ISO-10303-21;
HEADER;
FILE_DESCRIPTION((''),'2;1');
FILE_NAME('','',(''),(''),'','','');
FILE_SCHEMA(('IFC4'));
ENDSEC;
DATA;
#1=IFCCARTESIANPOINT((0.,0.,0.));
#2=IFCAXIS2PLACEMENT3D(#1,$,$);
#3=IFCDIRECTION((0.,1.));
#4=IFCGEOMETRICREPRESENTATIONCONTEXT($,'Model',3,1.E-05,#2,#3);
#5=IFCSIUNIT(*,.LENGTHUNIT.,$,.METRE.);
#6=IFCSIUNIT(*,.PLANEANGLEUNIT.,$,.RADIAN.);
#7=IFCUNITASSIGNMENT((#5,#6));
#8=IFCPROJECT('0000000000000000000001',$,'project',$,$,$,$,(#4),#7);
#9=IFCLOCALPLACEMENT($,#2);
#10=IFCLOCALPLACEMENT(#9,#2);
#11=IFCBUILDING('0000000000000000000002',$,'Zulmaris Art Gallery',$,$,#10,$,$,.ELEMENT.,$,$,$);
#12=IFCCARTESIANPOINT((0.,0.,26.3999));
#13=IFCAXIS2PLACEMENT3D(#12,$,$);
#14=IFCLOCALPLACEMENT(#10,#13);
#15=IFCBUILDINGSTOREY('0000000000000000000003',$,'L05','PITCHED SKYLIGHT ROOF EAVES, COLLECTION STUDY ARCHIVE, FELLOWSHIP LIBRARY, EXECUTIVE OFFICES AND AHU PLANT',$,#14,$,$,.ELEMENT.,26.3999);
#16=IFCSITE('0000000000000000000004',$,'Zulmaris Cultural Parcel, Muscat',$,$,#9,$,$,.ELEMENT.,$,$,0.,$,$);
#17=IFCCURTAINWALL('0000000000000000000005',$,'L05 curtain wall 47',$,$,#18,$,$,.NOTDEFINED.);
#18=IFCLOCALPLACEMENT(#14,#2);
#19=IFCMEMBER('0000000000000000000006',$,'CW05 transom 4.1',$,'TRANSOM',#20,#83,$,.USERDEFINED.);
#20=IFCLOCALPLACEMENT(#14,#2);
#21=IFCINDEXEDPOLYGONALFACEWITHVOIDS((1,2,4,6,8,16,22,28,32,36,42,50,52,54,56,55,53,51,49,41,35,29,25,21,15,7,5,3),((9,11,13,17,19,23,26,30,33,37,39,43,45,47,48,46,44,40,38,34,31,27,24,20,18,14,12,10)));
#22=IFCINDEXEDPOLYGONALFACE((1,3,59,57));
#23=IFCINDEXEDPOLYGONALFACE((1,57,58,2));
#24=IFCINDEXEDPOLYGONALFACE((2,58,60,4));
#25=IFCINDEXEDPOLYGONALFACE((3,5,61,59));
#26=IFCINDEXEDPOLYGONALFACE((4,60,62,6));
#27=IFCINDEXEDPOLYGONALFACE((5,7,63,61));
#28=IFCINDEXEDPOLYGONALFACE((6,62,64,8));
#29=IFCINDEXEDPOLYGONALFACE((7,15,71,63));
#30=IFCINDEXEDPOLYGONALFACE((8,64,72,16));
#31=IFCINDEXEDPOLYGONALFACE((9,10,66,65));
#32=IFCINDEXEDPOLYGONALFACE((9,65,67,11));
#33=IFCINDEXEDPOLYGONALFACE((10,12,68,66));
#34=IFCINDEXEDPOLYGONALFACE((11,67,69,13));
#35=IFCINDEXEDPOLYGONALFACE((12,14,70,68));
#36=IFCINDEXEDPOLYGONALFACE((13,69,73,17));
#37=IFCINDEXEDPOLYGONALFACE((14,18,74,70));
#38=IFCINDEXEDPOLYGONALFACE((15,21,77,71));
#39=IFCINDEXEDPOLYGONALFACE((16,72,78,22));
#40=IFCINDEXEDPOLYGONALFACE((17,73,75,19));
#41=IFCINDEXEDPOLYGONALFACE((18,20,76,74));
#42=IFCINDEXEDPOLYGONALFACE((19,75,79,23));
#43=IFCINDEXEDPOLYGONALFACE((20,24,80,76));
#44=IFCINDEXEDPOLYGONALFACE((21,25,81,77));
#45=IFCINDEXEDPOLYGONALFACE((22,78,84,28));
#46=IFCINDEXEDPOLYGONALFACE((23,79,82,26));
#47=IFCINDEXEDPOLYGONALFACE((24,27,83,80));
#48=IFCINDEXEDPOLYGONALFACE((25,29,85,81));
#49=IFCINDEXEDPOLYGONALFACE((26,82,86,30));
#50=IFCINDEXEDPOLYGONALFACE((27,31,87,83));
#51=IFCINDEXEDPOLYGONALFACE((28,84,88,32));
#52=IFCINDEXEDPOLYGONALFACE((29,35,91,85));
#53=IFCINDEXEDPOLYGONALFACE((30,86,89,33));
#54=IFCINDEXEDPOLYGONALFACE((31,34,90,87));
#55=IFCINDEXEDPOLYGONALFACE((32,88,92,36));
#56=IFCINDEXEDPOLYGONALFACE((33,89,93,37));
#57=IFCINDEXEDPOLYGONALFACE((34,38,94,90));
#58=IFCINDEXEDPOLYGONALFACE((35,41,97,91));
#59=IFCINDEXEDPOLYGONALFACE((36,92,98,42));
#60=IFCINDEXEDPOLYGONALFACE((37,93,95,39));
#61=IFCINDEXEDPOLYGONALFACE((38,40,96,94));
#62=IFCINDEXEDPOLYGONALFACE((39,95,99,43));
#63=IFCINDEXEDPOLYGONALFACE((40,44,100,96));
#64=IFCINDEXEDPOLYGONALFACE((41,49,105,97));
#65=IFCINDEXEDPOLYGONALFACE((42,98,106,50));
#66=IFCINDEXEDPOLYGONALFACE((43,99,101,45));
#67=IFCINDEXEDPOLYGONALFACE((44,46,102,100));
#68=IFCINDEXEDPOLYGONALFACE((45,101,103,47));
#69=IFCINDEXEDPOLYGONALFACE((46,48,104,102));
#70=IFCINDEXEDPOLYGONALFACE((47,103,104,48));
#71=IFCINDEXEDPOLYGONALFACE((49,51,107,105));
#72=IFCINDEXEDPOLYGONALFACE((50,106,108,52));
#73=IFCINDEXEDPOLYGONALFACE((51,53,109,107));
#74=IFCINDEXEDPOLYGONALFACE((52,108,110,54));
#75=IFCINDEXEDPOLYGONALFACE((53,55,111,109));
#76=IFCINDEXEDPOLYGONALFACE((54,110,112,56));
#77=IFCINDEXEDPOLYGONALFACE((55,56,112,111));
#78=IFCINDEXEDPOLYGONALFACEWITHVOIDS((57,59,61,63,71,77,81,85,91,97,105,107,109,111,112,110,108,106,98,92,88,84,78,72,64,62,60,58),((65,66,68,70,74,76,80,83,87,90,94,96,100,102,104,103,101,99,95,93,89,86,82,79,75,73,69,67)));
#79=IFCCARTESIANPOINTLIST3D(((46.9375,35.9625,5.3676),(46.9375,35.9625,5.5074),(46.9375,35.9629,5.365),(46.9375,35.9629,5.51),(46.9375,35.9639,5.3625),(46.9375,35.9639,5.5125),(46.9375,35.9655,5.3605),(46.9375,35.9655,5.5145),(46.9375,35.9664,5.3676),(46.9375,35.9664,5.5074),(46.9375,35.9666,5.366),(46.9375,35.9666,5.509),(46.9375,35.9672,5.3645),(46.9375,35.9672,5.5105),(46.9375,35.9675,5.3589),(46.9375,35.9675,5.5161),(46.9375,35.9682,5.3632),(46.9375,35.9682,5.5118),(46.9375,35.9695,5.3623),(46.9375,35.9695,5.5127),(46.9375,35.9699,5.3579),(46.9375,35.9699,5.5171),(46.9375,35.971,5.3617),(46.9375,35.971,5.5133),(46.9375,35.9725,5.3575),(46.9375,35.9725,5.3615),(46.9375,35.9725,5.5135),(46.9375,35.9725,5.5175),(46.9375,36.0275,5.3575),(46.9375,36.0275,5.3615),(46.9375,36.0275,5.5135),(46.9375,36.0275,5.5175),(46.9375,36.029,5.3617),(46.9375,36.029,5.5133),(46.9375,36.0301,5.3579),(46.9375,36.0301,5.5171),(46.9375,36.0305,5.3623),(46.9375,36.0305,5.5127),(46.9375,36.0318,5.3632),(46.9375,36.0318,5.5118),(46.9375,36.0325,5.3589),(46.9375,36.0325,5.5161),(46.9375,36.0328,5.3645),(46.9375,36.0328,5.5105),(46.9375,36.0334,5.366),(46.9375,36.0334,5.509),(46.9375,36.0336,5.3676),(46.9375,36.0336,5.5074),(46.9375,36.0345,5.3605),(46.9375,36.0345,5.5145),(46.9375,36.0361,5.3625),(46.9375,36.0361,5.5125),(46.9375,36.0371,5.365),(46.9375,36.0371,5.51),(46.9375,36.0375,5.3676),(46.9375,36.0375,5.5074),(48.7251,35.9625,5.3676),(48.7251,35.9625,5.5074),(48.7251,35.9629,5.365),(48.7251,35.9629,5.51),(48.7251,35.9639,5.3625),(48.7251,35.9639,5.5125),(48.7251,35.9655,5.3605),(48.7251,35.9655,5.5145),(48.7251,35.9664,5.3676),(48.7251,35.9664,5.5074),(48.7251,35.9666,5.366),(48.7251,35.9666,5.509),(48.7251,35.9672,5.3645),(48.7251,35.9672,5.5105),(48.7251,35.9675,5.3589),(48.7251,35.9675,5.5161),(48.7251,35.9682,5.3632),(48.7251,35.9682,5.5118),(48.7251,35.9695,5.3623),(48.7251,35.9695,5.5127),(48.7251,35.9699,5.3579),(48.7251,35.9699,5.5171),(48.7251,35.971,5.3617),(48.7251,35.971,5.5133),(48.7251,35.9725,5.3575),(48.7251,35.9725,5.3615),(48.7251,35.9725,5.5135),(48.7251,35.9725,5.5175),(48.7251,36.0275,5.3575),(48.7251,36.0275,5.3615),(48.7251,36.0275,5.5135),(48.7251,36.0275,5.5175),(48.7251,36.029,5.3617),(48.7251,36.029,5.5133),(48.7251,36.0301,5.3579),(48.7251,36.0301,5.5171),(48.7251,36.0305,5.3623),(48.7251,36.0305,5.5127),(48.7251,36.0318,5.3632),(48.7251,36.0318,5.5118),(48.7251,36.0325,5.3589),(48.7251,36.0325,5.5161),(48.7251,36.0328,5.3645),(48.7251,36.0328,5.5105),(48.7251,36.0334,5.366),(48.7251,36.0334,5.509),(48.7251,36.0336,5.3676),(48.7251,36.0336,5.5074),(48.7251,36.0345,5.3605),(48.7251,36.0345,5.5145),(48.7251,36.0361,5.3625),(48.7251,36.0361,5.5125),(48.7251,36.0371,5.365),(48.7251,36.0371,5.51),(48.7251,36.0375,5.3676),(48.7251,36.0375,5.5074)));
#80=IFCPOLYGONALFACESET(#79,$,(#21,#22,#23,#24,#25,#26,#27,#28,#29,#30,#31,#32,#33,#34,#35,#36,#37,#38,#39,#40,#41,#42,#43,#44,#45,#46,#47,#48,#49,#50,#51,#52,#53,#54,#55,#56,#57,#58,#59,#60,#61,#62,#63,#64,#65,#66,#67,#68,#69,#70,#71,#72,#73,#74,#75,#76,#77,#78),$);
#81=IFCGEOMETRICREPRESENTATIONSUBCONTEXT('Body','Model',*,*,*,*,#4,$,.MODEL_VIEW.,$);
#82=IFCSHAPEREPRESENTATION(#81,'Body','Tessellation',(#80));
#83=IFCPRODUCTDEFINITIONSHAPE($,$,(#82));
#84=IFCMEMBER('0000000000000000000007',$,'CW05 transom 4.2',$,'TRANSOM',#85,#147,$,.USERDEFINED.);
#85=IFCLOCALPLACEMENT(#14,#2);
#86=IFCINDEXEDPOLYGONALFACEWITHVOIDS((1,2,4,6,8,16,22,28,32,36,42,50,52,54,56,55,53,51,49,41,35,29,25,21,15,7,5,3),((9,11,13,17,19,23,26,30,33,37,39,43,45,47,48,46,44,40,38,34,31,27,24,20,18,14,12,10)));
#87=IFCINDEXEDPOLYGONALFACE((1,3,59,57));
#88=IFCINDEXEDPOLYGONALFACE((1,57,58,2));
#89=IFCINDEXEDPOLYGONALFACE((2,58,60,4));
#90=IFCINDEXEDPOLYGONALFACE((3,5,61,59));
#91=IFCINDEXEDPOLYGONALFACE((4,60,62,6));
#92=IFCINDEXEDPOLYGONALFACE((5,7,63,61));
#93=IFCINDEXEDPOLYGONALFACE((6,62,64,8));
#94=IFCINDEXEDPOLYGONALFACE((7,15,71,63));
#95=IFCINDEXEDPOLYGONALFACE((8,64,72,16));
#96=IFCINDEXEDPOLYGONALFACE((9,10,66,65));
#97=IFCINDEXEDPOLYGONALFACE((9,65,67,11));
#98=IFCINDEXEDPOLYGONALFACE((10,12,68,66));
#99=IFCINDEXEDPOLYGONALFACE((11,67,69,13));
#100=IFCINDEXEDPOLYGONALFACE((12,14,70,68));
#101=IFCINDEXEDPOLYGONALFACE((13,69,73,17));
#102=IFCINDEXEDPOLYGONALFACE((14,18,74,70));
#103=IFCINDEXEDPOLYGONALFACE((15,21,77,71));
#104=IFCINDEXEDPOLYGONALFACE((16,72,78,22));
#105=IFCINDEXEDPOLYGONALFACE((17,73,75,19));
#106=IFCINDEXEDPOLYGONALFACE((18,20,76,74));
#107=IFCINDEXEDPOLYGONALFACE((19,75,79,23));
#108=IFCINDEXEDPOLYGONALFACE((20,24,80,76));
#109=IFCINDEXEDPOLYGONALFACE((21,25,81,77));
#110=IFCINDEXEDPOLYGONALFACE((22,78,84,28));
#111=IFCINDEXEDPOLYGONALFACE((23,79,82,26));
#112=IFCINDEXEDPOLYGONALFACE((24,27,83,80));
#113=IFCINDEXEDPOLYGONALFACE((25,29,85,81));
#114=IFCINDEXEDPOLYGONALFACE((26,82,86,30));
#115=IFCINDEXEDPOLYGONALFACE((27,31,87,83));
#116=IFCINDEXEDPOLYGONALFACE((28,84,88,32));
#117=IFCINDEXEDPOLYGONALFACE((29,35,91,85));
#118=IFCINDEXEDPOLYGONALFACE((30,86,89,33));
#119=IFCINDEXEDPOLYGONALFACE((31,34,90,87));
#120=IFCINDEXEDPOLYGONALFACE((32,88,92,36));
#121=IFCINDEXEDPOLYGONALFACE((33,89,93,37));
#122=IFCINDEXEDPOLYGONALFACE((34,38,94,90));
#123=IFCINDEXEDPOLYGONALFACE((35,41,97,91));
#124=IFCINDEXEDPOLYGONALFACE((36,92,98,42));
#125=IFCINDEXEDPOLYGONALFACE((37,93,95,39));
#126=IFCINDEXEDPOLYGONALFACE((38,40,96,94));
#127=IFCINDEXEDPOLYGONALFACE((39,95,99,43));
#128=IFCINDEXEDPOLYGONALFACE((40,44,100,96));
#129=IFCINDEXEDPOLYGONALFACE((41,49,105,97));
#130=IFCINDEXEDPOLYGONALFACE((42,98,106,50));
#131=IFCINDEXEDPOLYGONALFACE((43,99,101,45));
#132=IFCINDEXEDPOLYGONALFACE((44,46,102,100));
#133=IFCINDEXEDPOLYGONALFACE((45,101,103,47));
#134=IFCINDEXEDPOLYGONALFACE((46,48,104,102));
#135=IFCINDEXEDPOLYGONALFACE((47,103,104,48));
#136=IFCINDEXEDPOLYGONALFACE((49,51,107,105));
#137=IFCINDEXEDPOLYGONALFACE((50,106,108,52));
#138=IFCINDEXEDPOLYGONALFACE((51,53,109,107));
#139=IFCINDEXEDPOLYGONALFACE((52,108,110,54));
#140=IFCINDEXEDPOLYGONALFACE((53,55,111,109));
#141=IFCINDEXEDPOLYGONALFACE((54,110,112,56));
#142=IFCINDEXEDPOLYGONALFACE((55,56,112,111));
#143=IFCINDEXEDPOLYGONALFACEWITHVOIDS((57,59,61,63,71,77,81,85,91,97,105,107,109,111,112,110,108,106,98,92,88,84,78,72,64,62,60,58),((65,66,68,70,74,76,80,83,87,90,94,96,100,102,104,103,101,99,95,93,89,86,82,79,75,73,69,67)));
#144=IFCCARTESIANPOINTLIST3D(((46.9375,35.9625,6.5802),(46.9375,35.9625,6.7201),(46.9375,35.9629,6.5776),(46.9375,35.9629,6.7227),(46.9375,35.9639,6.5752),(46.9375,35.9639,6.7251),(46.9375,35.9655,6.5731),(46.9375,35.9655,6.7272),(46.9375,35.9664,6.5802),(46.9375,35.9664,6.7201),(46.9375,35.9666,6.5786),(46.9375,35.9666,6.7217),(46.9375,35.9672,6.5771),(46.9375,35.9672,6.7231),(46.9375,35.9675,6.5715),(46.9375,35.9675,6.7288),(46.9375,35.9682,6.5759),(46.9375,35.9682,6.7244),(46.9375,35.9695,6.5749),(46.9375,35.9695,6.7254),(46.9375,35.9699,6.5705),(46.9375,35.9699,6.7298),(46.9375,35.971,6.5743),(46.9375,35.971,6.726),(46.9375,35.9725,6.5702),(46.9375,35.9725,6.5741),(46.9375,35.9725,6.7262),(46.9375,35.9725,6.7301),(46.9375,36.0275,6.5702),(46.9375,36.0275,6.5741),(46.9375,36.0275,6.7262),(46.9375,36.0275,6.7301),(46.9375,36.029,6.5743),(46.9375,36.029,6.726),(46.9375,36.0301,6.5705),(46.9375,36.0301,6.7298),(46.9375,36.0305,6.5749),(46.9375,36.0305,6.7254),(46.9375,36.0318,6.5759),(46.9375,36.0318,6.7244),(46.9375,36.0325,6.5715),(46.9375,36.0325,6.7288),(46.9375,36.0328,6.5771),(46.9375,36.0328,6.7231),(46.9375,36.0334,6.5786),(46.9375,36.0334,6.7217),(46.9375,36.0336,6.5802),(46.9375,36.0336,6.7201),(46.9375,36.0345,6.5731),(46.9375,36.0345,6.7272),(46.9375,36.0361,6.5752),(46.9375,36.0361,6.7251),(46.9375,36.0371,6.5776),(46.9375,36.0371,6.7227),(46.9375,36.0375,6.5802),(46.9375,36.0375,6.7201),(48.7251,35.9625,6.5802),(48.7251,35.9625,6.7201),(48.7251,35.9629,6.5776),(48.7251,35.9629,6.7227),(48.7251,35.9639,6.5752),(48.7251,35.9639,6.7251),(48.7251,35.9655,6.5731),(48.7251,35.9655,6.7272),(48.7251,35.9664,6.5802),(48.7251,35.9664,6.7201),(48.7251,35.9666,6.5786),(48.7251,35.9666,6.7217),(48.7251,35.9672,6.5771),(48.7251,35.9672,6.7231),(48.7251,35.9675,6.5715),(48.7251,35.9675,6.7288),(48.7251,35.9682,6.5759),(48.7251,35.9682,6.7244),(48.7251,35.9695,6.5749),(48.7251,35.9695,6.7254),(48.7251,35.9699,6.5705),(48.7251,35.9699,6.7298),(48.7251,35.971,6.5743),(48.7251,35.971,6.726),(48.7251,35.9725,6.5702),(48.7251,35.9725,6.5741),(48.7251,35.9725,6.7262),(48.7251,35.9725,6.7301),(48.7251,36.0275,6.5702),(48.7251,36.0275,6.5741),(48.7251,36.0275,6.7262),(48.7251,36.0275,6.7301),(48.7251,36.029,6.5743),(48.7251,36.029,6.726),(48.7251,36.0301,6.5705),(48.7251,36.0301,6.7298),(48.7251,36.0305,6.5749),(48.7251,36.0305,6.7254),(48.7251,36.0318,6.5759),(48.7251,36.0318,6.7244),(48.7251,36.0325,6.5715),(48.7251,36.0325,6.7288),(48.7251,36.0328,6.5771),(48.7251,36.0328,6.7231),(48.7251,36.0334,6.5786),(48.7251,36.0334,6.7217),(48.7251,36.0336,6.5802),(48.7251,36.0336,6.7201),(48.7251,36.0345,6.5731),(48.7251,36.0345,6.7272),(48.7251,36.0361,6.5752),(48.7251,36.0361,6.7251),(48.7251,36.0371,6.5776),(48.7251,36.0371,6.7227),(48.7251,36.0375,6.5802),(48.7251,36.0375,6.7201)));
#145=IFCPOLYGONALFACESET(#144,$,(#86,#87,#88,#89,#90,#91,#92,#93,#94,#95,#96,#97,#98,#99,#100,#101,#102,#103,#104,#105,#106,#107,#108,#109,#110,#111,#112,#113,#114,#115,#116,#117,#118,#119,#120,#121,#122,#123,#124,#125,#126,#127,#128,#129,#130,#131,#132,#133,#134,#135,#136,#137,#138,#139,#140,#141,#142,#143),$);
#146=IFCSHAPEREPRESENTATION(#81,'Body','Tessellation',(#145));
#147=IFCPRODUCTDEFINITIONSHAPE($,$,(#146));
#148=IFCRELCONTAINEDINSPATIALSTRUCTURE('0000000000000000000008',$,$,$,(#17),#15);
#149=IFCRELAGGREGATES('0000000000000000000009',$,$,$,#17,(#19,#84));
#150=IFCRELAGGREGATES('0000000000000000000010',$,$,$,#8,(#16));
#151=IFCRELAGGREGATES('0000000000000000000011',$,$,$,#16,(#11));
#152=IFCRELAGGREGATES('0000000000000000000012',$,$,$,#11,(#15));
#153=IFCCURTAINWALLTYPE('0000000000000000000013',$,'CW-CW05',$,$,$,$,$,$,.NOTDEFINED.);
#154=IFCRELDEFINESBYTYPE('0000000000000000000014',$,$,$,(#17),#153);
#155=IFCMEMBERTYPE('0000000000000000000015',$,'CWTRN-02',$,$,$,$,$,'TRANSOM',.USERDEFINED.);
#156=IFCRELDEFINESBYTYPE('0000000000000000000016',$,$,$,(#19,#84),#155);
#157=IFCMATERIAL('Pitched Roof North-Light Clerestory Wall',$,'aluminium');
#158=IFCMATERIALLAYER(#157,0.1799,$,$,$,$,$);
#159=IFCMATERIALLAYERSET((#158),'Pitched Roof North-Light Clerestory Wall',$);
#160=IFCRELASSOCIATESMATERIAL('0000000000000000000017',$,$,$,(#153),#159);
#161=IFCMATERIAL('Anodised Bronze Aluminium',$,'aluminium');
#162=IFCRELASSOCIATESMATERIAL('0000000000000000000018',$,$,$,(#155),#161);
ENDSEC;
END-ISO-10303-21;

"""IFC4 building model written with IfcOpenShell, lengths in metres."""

from ifc_helpers import new_model, si_unit, direction, frame, origin, origin_2d, place, context, subcontext, project, spatial, hollow_rectangle, extrude, material, layer, layer_set, material_profile, profile_set, type_object, element, aggregate, save


model = new_model("IFC4")

# Units and contexts
model_context = context("Model", 3, precision=1e-05, world=origin(), true_north=direction((0.0, 1.0)))
body_context = subcontext(model_context, "Body", "Model", "MODEL_VIEW")
ifc_project = project(units=[si_unit("LENGTHUNIT", "METRE"), si_unit("PLANEANGLEUNIT", "RADIAN")], contexts=[model_context])

# Site, building, storey
site_placement = place(None, origin())
site = spatial("IfcSite", under=ifc_project, at=site_placement, Name="Zulmaris Cultural Parcel, Muscat", CompositionType="ELEMENT", RefElevation=0.0)
building_placement = place(site_placement, origin())
building = spatial("IfcBuilding", under=site, at=building_placement, Name="Zulmaris Art Gallery", CompositionType="ELEMENT")
storey_placement = place(building_placement, frame((0.0, 0.0, 26.3999)))
storey = spatial("IfcBuildingStorey", under=building, at=storey_placement, Name="L05", Description="PITCHED SKYLIGHT ROOF EAVES, COLLECTION STUDY ARCHIVE, FELLOWSHIP LIBRARY, EXECUTIVE OFFICES AND AHU PLANT", CompositionType="ELEMENT", Elevation=26.3999)

# Curtain wall, members
ifc_material_1 = material(Name="Pitched Roof North-Light Clerestory Wall", Category="aluminium")
ifc_layer_1 = layer(ifc_material_1, 0.1799)
ifc_layer_set_1 = layer_set([ifc_layer_1], Name="Pitched Roof North-Light Clerestory Wall")
curtain_wall_type = type_object("IfcCurtainWallType", Name="CW-CW05", PredefinedType="NOTDEFINED", material=ifc_layer_set_1)
curtain_wall_placement = place(storey_placement, origin())
curtain_wall = element("IfcCurtainWall", 1, at=curtain_wall_placement, inside=storey, type_object=curtain_wall_type, Name="L05 curtain wall 47", PredefinedType="NOTDEFINED")
ifc_material_2 = material(Name="Anodised Bronze Aluminium", Category="aluminium")
ifc_material_profile_1 = material_profile(ifc_material_2, hollow_rectangle(XDim=0.075, YDim=0.1599, WallThickness=0.0039, InnerFilletRadius=0.0061, OuterFilletRadius=0.01, at=origin_2d()), Name="ALU 75x160x4")
ifc_profile_set_1 = profile_set([ifc_material_profile_1], Name="Anodised Bronze Aluminium")
member_type_1 = type_object("IfcMemberType", Name="CWTRN-02", ElementType="TRANSOM", PredefinedType="USERDEFINED", material=ifc_profile_set_1)
member_1_placement = place(storey_placement, frame((46.9375, 36.0, 5.4375), z_axis=(1.0, 0.0, 0.0), x_axis=(0.0, 1.0, 0.0)))
member_1 = element("IfcMember", 2, at=member_1_placement, type_object=member_type_1, Name="CW05 transom 4.1", ObjectType="TRANSOM", PredefinedType="USERDEFINED", context=body_context, shape_type="SweptSolid", body=[
    extrude(hollow_rectangle(XDim=0.075, YDim=0.1599, WallThickness=0.0039, InnerFilletRadius=0.0061, OuterFilletRadius=0.01, at=origin_2d()), origin(), (0.0, 0.0, 1.0), 1.7876),
])
member_2_placement = place(storey_placement, frame((46.9375, 36.0, 6.6501), z_axis=(1.0, 0.0, 0.0), x_axis=(0.0, 1.0, 0.0)))
member_2 = element("IfcMember", 3, at=member_2_placement, type_object=member_type_1, Name="CW05 transom 4.2", ObjectType="TRANSOM", PredefinedType="USERDEFINED", context=body_context, shape_type="SweptSolid", body=[
    extrude(hollow_rectangle(XDim=0.075, YDim=0.1599, WallThickness=0.0039, InnerFilletRadius=0.0061, OuterFilletRadius=0.01, at=origin_2d()), origin(), (0.0, 0.0, 1.0), 1.7876),
])

aggregate(curtain_wall, [member_1, member_2])

save(model, "model.ifc")
